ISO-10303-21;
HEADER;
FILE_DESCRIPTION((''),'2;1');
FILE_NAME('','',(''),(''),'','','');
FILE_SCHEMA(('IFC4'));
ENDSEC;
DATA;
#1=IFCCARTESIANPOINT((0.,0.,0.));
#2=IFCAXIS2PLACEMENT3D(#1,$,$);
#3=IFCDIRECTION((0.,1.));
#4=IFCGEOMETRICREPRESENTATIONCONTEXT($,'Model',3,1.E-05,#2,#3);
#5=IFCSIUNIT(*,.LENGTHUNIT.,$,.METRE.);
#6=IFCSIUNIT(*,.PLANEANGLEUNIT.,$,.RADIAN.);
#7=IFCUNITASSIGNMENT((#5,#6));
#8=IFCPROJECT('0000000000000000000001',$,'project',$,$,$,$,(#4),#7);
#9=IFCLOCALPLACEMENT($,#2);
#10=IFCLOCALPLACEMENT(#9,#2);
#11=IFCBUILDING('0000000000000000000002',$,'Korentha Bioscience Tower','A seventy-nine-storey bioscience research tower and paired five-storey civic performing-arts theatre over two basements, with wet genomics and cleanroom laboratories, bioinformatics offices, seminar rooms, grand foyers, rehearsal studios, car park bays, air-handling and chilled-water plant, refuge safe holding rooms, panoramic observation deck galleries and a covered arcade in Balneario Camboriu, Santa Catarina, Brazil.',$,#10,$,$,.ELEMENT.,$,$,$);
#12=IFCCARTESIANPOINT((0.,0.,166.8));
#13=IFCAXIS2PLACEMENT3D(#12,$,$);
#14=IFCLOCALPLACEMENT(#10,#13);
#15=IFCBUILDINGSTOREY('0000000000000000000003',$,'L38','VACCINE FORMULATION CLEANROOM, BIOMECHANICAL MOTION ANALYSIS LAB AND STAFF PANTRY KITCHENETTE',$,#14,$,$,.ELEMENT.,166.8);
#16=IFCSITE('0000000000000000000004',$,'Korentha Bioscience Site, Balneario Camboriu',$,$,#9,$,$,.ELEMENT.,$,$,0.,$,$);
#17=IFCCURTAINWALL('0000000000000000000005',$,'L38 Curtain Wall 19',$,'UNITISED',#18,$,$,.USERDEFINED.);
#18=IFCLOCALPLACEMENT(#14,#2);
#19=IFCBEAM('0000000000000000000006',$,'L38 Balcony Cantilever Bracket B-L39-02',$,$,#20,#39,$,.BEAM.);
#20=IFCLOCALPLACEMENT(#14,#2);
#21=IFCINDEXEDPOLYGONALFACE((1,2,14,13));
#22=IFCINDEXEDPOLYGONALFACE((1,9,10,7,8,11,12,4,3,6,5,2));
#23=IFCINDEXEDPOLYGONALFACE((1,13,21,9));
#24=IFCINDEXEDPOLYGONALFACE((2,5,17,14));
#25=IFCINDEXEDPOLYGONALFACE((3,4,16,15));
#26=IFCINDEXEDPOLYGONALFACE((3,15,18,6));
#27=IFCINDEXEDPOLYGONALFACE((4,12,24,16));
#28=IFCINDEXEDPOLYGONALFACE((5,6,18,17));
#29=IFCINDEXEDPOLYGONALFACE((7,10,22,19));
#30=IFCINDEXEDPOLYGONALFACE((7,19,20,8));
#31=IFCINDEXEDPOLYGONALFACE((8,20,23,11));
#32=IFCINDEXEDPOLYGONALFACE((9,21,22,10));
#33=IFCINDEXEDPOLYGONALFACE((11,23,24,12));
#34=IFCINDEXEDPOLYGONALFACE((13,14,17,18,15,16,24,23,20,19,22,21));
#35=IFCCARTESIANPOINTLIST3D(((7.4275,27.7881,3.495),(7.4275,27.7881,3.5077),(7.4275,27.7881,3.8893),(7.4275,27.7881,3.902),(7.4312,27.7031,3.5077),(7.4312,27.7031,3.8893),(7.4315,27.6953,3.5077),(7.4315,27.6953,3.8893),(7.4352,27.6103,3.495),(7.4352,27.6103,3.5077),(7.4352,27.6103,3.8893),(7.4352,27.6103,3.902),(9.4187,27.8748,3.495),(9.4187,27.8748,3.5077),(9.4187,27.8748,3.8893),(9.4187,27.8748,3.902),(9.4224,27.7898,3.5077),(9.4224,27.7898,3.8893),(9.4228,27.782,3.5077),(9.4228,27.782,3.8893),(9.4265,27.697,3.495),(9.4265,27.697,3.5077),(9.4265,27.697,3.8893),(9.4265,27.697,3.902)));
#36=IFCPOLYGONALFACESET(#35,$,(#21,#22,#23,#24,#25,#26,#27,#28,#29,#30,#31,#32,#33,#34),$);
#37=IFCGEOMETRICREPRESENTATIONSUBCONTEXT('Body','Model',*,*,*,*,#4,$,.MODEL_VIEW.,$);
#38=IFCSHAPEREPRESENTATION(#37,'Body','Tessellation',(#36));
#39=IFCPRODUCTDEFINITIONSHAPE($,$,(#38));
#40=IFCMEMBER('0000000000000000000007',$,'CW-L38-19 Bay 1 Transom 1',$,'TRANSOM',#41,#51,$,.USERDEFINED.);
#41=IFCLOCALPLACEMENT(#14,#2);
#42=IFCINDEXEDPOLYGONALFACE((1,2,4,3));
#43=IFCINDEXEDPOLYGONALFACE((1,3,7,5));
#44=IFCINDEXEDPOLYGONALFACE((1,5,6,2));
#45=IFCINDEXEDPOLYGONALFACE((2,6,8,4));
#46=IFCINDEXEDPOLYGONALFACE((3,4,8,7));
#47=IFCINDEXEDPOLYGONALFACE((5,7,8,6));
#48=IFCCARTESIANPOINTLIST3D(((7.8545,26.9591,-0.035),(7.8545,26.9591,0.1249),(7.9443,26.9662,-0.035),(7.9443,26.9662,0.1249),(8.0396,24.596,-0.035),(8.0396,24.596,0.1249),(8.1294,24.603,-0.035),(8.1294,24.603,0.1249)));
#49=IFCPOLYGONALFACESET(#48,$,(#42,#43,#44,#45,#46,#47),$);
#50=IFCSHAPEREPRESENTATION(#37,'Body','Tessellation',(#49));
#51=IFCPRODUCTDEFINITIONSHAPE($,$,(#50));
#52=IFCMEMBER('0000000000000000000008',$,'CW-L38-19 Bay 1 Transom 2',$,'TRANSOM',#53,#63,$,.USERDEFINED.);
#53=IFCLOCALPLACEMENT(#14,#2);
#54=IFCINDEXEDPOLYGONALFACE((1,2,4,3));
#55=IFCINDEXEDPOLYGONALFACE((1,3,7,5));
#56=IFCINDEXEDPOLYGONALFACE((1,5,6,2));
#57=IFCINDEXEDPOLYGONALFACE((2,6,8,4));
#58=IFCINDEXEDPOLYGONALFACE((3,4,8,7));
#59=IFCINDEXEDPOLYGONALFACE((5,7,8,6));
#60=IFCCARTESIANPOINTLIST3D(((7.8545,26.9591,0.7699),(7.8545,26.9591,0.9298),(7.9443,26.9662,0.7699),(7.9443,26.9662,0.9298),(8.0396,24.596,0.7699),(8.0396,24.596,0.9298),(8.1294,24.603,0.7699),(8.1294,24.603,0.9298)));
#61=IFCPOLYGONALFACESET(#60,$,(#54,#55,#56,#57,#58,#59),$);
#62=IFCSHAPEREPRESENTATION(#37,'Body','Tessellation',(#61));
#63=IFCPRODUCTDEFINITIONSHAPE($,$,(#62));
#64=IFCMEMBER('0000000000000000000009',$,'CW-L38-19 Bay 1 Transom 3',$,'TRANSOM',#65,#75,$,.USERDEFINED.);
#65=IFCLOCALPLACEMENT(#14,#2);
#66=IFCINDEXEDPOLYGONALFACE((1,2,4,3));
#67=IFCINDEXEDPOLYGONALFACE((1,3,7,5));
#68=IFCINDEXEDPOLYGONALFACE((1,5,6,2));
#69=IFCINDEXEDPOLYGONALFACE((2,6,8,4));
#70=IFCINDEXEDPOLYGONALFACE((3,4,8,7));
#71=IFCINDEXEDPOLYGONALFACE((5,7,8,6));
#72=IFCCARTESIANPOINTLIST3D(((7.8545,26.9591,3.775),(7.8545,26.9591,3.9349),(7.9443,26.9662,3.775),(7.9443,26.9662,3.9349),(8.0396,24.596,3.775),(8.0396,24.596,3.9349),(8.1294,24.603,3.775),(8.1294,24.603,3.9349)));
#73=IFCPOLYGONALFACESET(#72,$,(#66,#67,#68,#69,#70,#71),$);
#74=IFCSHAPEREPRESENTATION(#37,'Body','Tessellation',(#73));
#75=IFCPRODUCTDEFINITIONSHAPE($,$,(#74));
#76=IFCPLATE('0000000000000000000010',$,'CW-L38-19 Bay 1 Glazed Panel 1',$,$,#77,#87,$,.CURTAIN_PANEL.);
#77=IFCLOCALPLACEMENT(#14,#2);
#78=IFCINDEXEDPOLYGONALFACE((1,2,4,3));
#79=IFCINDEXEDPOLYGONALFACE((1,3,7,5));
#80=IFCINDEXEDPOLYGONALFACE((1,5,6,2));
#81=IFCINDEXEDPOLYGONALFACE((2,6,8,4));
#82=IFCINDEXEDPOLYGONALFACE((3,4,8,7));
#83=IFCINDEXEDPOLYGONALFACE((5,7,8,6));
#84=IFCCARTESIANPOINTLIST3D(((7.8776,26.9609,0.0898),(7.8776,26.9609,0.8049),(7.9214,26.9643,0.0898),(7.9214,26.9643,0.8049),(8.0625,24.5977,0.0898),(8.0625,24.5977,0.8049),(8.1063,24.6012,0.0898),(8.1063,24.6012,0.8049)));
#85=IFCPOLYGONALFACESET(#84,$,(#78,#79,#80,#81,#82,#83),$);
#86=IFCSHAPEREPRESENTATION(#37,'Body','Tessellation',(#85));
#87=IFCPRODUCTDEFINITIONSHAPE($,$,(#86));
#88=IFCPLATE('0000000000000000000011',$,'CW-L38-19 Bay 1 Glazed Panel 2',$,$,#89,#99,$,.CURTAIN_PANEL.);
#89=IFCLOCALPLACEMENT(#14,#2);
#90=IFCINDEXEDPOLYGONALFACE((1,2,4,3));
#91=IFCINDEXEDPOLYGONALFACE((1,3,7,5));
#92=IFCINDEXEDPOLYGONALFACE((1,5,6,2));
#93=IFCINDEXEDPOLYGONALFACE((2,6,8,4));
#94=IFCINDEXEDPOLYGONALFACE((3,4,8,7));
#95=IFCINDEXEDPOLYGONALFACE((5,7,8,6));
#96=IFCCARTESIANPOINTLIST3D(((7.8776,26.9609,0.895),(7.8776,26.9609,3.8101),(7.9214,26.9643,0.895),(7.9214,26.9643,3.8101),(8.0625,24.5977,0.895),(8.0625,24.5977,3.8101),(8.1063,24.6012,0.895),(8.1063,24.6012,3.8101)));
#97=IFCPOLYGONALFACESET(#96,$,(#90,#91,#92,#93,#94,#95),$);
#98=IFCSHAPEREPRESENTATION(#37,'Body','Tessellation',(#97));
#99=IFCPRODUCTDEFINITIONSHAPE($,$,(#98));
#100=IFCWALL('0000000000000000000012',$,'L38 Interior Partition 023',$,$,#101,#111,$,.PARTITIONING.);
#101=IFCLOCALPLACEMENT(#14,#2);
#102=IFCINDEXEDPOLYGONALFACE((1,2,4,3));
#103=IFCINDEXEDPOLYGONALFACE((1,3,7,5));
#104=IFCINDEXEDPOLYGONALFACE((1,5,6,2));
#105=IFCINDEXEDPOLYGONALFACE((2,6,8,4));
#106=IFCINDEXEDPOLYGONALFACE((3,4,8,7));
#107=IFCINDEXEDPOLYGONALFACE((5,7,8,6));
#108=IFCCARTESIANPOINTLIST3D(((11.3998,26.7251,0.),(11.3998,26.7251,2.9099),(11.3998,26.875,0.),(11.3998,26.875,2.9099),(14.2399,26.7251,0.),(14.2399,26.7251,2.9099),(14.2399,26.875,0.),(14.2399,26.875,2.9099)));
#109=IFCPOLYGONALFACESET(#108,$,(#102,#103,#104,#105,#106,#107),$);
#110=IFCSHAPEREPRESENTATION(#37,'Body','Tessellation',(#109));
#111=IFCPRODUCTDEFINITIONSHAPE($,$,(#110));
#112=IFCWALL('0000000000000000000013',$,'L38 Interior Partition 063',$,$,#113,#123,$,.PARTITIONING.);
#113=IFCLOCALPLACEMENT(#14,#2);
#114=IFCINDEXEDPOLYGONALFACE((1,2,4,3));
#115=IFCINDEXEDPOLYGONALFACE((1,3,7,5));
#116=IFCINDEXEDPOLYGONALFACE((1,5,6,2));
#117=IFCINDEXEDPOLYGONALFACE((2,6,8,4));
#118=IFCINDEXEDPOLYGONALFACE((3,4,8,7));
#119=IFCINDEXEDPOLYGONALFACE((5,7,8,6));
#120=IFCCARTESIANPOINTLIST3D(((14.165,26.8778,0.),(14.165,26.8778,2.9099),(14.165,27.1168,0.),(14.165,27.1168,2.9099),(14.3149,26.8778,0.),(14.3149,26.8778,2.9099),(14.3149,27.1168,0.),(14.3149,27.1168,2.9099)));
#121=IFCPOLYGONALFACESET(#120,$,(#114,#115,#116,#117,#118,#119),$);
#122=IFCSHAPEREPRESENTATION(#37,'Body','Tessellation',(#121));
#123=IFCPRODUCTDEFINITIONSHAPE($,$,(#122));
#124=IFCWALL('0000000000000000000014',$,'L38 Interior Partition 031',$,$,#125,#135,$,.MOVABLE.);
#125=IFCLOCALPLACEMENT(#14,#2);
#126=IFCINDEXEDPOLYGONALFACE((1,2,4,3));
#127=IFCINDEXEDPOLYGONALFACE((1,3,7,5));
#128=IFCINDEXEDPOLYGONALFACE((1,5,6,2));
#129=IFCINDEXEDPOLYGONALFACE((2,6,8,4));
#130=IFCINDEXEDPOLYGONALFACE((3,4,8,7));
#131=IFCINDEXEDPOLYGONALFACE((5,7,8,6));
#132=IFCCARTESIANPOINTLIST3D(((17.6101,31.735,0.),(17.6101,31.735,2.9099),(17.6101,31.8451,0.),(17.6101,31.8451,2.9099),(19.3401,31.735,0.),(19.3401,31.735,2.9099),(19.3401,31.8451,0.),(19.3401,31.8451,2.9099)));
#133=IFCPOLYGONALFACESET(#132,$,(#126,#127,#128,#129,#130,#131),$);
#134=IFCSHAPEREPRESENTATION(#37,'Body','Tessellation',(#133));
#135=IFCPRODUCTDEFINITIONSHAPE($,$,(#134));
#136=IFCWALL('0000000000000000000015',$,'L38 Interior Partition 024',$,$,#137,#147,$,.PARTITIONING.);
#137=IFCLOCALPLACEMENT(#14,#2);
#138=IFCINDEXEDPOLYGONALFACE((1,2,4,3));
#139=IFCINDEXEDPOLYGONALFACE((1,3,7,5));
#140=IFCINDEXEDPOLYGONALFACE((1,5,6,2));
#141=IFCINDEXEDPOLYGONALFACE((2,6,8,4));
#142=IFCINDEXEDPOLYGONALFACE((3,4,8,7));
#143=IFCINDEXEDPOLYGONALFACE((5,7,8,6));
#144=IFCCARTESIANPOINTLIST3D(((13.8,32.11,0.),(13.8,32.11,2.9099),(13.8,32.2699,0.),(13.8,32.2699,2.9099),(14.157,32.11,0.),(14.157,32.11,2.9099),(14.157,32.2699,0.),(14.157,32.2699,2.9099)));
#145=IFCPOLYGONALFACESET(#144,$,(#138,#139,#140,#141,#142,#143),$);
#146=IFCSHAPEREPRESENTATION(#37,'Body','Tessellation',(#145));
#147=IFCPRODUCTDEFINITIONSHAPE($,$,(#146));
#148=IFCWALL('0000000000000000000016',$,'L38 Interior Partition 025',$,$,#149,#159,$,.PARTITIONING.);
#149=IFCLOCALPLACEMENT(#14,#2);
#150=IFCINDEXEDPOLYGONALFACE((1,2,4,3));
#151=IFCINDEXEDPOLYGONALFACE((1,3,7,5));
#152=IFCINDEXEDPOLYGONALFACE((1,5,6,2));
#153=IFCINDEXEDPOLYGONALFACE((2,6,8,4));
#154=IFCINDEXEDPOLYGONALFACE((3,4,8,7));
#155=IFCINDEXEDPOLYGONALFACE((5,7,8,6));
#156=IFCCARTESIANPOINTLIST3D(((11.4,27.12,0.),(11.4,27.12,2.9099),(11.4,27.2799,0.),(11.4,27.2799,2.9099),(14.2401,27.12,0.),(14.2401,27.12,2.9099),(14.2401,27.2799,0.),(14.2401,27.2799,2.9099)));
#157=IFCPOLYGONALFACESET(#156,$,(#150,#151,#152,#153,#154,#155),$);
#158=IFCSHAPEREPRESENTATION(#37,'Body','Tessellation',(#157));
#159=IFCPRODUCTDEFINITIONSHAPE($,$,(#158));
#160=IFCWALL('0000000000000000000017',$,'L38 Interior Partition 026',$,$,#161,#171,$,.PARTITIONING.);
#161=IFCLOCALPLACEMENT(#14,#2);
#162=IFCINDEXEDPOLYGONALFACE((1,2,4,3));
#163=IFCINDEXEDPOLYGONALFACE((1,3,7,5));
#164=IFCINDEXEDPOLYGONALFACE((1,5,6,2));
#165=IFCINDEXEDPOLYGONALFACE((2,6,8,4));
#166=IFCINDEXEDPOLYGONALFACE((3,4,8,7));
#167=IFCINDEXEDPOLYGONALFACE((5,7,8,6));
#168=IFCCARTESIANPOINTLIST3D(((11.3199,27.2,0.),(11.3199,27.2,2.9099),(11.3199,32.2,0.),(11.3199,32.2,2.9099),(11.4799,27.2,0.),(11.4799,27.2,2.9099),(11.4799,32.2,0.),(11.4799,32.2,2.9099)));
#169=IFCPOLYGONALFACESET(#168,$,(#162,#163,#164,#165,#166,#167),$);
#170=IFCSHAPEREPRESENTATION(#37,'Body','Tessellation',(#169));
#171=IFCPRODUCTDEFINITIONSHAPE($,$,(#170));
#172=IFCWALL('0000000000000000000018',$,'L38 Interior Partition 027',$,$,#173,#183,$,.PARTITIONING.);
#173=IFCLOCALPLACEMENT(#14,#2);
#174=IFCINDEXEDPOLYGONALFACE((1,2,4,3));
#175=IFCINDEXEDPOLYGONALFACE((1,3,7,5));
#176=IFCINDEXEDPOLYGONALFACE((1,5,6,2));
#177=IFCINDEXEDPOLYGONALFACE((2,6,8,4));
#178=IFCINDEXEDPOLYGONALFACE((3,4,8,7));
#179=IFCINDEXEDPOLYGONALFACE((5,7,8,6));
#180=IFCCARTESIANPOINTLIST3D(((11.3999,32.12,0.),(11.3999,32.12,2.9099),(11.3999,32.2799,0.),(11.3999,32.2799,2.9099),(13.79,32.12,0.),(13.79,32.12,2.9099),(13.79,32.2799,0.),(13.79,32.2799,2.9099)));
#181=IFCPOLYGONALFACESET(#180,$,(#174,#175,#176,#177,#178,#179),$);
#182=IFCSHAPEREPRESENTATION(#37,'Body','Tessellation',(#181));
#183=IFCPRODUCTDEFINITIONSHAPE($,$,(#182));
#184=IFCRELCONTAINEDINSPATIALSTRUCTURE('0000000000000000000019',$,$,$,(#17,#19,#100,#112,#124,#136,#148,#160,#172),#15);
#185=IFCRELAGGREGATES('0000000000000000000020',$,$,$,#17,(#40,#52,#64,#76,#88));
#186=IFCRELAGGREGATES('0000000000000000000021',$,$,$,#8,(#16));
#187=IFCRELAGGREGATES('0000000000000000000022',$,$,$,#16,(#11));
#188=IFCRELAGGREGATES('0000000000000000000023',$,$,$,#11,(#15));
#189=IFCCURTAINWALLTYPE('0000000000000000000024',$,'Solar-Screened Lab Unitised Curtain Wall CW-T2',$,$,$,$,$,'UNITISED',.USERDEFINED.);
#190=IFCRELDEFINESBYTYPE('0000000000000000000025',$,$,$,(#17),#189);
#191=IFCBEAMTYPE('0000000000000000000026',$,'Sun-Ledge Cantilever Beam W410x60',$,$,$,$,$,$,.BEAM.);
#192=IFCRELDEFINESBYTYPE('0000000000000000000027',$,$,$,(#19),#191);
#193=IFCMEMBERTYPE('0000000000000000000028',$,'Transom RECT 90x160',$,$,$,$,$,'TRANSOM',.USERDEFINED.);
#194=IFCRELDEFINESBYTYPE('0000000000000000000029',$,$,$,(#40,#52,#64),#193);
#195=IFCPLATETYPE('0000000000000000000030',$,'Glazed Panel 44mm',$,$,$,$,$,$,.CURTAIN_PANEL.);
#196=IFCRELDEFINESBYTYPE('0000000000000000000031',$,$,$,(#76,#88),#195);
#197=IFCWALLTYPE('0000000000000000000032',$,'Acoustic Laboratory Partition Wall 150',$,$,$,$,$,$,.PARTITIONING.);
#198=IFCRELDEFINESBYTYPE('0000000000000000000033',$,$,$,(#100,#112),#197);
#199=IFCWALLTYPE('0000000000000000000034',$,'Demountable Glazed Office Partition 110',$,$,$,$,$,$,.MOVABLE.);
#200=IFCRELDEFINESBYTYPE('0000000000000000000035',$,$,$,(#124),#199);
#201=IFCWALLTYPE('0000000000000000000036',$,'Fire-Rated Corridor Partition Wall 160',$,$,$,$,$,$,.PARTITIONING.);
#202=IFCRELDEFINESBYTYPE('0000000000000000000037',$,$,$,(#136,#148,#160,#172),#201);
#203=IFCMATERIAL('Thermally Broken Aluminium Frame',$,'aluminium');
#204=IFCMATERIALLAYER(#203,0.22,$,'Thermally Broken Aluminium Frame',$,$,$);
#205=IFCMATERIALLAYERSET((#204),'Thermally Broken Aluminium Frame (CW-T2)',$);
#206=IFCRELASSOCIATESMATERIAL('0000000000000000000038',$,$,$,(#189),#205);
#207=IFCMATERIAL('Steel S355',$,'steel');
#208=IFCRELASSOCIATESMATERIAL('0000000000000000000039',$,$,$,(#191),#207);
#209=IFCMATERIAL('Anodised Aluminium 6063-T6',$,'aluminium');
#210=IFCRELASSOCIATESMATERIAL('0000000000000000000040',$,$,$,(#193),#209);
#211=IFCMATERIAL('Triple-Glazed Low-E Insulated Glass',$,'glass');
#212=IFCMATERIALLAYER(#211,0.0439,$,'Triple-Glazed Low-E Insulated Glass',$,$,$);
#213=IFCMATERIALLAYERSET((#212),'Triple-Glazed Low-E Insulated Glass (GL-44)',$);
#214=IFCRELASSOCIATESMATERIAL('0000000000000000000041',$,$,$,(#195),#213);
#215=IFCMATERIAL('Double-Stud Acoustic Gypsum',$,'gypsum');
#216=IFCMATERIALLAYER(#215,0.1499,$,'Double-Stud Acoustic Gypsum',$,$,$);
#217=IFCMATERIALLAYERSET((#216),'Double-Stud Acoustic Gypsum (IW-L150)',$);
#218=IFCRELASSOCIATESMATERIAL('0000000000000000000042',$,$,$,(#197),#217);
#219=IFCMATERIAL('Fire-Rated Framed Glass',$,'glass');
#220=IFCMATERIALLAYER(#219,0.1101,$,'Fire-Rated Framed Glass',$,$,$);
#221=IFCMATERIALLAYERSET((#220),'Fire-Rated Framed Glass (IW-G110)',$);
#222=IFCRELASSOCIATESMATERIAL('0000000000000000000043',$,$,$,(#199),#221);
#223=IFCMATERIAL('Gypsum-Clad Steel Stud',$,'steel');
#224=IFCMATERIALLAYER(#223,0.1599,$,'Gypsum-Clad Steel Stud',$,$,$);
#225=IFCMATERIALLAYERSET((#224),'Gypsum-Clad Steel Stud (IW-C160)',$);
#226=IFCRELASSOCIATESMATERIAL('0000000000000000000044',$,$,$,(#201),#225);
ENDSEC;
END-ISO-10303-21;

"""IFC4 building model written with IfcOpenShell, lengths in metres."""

from ifc_helpers import new_model, si_unit, direction, frame, frame_2d, origin, origin_2d, place, context, subcontext, project, spatial, rectangle, i_section, extrude, material, layer, layer_set, material_profile, profile_set, type_object, element, aggregate, save


model = new_model("IFC4")

# Units and contexts
model_context = context("Model", 3, precision=1e-05, world=origin(), true_north=direction((0.0, 1.0)))
body_context = subcontext(model_context, "Body", "Model", "MODEL_VIEW")
ifc_project = project(units=[si_unit("LENGTHUNIT", "METRE"), si_unit("PLANEANGLEUNIT", "RADIAN")], contexts=[model_context])

# Site, building, storey
site_placement = place(None, origin())
site = spatial("IfcSite", under=ifc_project, at=site_placement, Name="Korentha Bioscience Site, Balneario Camboriu", CompositionType="ELEMENT", RefElevation=0.0)
building_placement = place(site_placement, origin())
building = spatial("IfcBuilding", under=site, at=building_placement, Name="Korentha Bioscience Tower", Description="A seventy-nine-storey bioscience research tower and paired five-storey civic performing-arts theatre over two basements, with wet genomics and cleanroom laboratories, bioinformatics offices, seminar rooms, grand foyers, rehearsal studios, car park bays, air-handling and chilled-water plant, refuge safe holding rooms, panoramic observation deck galleries and a covered arcade in Balneario Camboriu, Santa Catarina, Brazil.", CompositionType="ELEMENT")
storey_placement = place(building_placement, frame((0.0, 0.0, 166.8)))
storey = spatial("IfcBuildingStorey", under=building, at=storey_placement, Name="L38", Description="VACCINE FORMULATION CLEANROOM, BIOMECHANICAL MOTION ANALYSIS LAB AND STAFF PANTRY KITCHENETTE", CompositionType="ELEMENT", Elevation=166.8)

# Shared definitions
ifc_material_1 = material(Name="Steel S355", Category="steel")

# Curtain wall
ifc_material_2 = material(Name="Thermally Broken Aluminium Frame", Category="aluminium")
ifc_layer_1 = layer(ifc_material_2, 0.22, Name="Thermally Broken Aluminium Frame")
ifc_layer_set_1 = layer_set([ifc_layer_1], Name="Thermally Broken Aluminium Frame (CW-T2)")
curtain_wall_type = type_object("IfcCurtainWallType", Name="Solar-Screened Lab Unitised Curtain Wall CW-T2", ElementType="UNITISED", PredefinedType="USERDEFINED", material=ifc_layer_set_1)
curtain_wall_placement = place(storey_placement, origin())
curtain_wall = element("IfcCurtainWall", 1, at=curtain_wall_placement, inside=storey, type_object=curtain_wall_type, Name="L38 Curtain Wall 19", ObjectType="UNITISED", PredefinedType="USERDEFINED")
ifc_material_3 = material(Name="Anodised Aluminium 6063-T6", Category="aluminium")

# Beam
ifc_material_profile_1 = material_profile(ifc_material_1, i_section(OverallWidth=0.178, OverallDepth=0.407, WebThickness=0.0078, FlangeThickness=0.0127, at=origin_2d()), Name="Steel S355")
ifc_profile_set_1 = profile_set([ifc_material_profile_1], Name="Steel S355 (CB-410)")
beam_type_1 = type_object("IfcBeamType", Name="Sun-Ledge Cantilever Beam W410x60", PredefinedType="BEAM", material=ifc_profile_set_1)
beam_1_placement = place(storey_placement, frame((9.4226, 27.7859, 3.6985), z_axis=(-0.999054, -0.043485, 0.0), x_axis=(0.043485, -0.999054, 0.0)))
element("IfcBeam", 2, at=beam_1_placement, inside=storey, type_object=beam_type_1, Name="L38 Balcony Cantilever Bracket B-L39-02", PredefinedType="BEAM", context=body_context, shape_type="SweptSolid", body=[
    extrude(i_section(OverallWidth=0.178, OverallDepth=0.407, WebThickness=0.0078, FlangeThickness=0.0127, at=origin_2d()), origin(), (0.0, 0.0, 1.0), 1.9932),
])

# Members
ifc_material_profile_2 = material_profile(ifc_material_3, rectangle(XDim=0.0901, YDim=0.1599, at=origin_2d()), Name="Anodised Aluminium 6063-T6")
ifc_profile_set_2 = profile_set([ifc_material_profile_2], Name="Anodised Aluminium 6063-T6 (CW-TRN)")
member_type_1 = type_object("IfcMemberType", Name="Transom RECT 90x160", ElementType="TRANSOM", PredefinedType="USERDEFINED", material=ifc_profile_set_2)
member_1_placement = place(storey_placement, frame((7.8994, 26.9626, 0.0449), z_axis=(0.078075, -0.996948, 0.0), x_axis=(0.996948, 0.078075, 0.0)))
member_1 = element("IfcMember", 3, at=member_1_placement, type_object=member_type_1, Name="CW-L38-19 Bay 1 Transom 1", ObjectType="TRANSOM", PredefinedType="USERDEFINED", context=body_context, shape_type="SweptSolid", body=[
    extrude(rectangle(XDim=0.0901, YDim=0.1599, at=origin_2d()), origin(), (0.0, 0.0, 1.0), 2.3704),
])
member_2_placement = place(storey_placement, frame((7.8994, 26.9626, 0.8499), z_axis=(0.078075, -0.996948, 0.0), x_axis=(0.996948, 0.078075, 0.0)))
member_2 = element("IfcMember", 4, at=member_2_placement, type_object=member_type_1, Name="CW-L38-19 Bay 1 Transom 2", ObjectType="TRANSOM", PredefinedType="USERDEFINED", context=body_context, shape_type="SweptSolid", body=[
    extrude(rectangle(XDim=0.0901, YDim=0.1599, at=origin_2d()), origin(), (0.0, 0.0, 1.0), 2.3704),
])
member_3_placement = place(storey_placement, frame((7.8994, 26.9626, 3.855), z_axis=(0.078075, -0.996948, 0.0), x_axis=(0.996948, 0.078075, 0.0)))
member_3 = element("IfcMember", 5, at=member_3_placement, type_object=member_type_1, Name="CW-L38-19 Bay 1 Transom 3", ObjectType="TRANSOM", PredefinedType="USERDEFINED", context=body_context, shape_type="SweptSolid", body=[
    extrude(rectangle(XDim=0.0901, YDim=0.1599, at=origin_2d()), origin(), (0.0, 0.0, 1.0), 2.3704),
])

# Plates
ifc_material_4 = material(Name="Triple-Glazed Low-E Insulated Glass", Category="glass")
ifc_layer_2 = layer(ifc_material_4, 0.0439, Name="Triple-Glazed Low-E Insulated Glass")
ifc_layer_set_2 = layer_set([ifc_layer_2], Name="Triple-Glazed Low-E Insulated Glass (GL-44)")
plate_type = type_object("IfcPlateType", Name="Glazed Panel 44mm", PredefinedType="CURTAIN_PANEL", material=ifc_layer_set_2)
plate_1_placement = place(storey_placement, frame((7.9919, 25.781, 0.0898), z_axis=(0.0, 0.0, 1.0), x_axis=(0.078031, -0.996951, 0.0)))
plate_1 = element("IfcPlate", 6, at=plate_1_placement, type_object=plate_type, Name="CW-L38-19 Bay 1 Glazed Panel 1", PredefinedType="CURTAIN_PANEL", context=body_context, shape_type="SweptSolid", body=[
    extrude(rectangle(XDim=2.3704, YDim=0.0439, at=origin_2d()), origin(), (0.0, 0.0, 1.0), 0.7151),
])
plate_2_placement = place(storey_placement, frame((7.9919, 25.781, 0.895), z_axis=(0.0, 0.0, 1.0), x_axis=(0.078031, -0.996951, 0.0)))
plate_2 = element("IfcPlate", 7, at=plate_2_placement, type_object=plate_type, Name="CW-L38-19 Bay 1 Glazed Panel 2", PredefinedType="CURTAIN_PANEL", context=body_context, shape_type="SweptSolid", body=[
    extrude(rectangle(XDim=2.3704, YDim=0.0439, at=origin_2d()), origin(), (0.0, 0.0, 1.0), 2.915),
])
aggregate(curtain_wall, [member_1, member_2, member_3, plate_1, plate_2])

# Shared definitions
ifc_material_5 = material(Name="Double-Stud Acoustic Gypsum", Category="gypsum")
ifc_layer_3 = layer(ifc_material_5, 0.1499, Name="Double-Stud Acoustic Gypsum")
ifc_layer_set_3 = layer_set([ifc_layer_3], Name="Double-Stud Acoustic Gypsum (IW-L150)")
wall_type_1 = type_object("IfcWallType", Name="Acoustic Laboratory Partition Wall 150", PredefinedType="PARTITIONING", material=ifc_layer_set_3)

# Walls
wall_1_placement = place(storey_placement, frame((11.3999, 26.8, 0.0), z_axis=(0.0, 0.0, 1.0), x_axis=(1.0, 0.0, 0.0)))
element("IfcWall", 8, at=wall_1_placement, inside=storey, type_object=wall_type_1, Name="L38 Interior Partition 023", PredefinedType="PARTITIONING", context=body_context, shape_type="SweptSolid", body=[
    extrude(rectangle(XDim=2.8401, YDim=0.1499, at=frame_2d((1.4199, 0.0))), origin(), (0.0, 0.0, 1.0), 2.9099),
])
wall_2_placement = place(storey_placement, frame((14.24, 27.1169, 0.0), z_axis=(0.0, 0.0, 1.0), x_axis=(0.0, -1.0, 0.0)))
element("IfcWall", 9, at=wall_2_placement, inside=storey, type_object=wall_type_1, Name="L38 Interior Partition 063", PredefinedType="PARTITIONING", context=body_context, shape_type="SweptSolid", body=[
    extrude(rectangle(XDim=0.239, YDim=0.1499, at=frame_2d((0.1196, 0.0))), origin(), (0.0, 0.0, 1.0), 2.9099),
])
ifc_material_6 = material(Name="Fire-Rated Framed Glass", Category="glass")
ifc_layer_4 = layer(ifc_material_6, 0.1101, Name="Fire-Rated Framed Glass")
ifc_layer_set_4 = layer_set([ifc_layer_4], Name="Fire-Rated Framed Glass (IW-G110)")
wall_type_2 = type_object("IfcWallType", Name="Demountable Glazed Office Partition 110", PredefinedType="MOVABLE", material=ifc_layer_set_4)
wall_3_placement = place(storey_placement, frame((17.6101, 31.79, 0.0), z_axis=(0.0, 0.0, 1.0), x_axis=(1.0, 0.0, 0.0)))
element("IfcWall", 10, at=wall_3_placement, inside=storey, type_object=wall_type_2, Name="L38 Interior Partition 031", PredefinedType="MOVABLE", context=body_context, shape_type="SweptSolid", body=[
    extrude(rectangle(XDim=1.73, YDim=0.1101, at=frame_2d((0.865, 0.0))), origin(), (0.0, 0.0, 1.0), 2.9099),
])

# Shared definitions
ifc_material_7 = material(Name="Gypsum-Clad Steel Stud", Category="steel")
ifc_layer_5 = layer(ifc_material_7, 0.1599, Name="Gypsum-Clad Steel Stud")
ifc_layer_set_5 = layer_set([ifc_layer_5], Name="Gypsum-Clad Steel Stud (IW-C160)")
wall_type_3 = type_object("IfcWallType", Name="Fire-Rated Corridor Partition Wall 160", PredefinedType="PARTITIONING", material=ifc_layer_set_5)

# Walls
wall_4_placement = place(storey_placement, frame((13.8, 32.1899, 0.0), z_axis=(0.0, 0.0, 1.0), x_axis=(1.0, 0.0, 0.0)))
element("IfcWall", 11, at=wall_4_placement, inside=storey, type_object=wall_type_3, Name="L38 Interior Partition 024", PredefinedType="PARTITIONING", context=body_context, shape_type="SweptSolid", body=[
    extrude(rectangle(XDim=0.3569, YDim=0.1599, at=frame_2d((0.1785, 0.0))), origin(), (0.0, 0.0, 1.0), 2.9099),
])
wall_5_placement = place(storey_placement, frame((14.24, 27.2, 0.0), z_axis=(0.0, 0.0, 1.0), x_axis=(-1.0, 0.0, 0.0)))
element("IfcWall", 12, at=wall_5_placement, inside=storey, type_object=wall_type_3, Name="L38 Interior Partition 025", PredefinedType="PARTITIONING", context=body_context, shape_type="SweptSolid", body=[
    extrude(rectangle(XDim=2.8401, YDim=0.1599, at=frame_2d((1.4199, 0.0))), origin(), (0.0, 0.0, 1.0), 2.9099),
])
wall_6_placement = place(storey_placement, frame((11.3999, 27.2, 0.0), z_axis=(0.0, 0.0, 1.0), x_axis=(0.0, 1.0, 0.0)))
element("IfcWall", 13, at=wall_6_placement, inside=storey, type_object=wall_type_3, Name="L38 Interior Partition 026", PredefinedType="PARTITIONING", context=body_context, shape_type="SweptSolid", body=[
    extrude(rectangle(XDim=5.0, YDim=0.1599, at=frame_2d((2.5, 0.0))), origin(), (0.0, 0.0, 1.0), 2.9099),
])
wall_7_placement = place(storey_placement, frame((11.3999, 32.2, 0.0), z_axis=(0.0, 0.0, 1.0), x_axis=(1.0, 0.0, 0.0)))
element("IfcWall", 14, at=wall_7_placement, inside=storey, type_object=wall_type_3, Name="L38 Interior Partition 027", PredefinedType="PARTITIONING", context=body_context, shape_type="SweptSolid", body=[
    extrude(rectangle(XDim=2.3901, YDim=0.1599, at=frame_2d((1.1951, 0.0))), origin(), (0.0, 0.0, 1.0), 2.9099),
])

save(model, "model.ifc")
